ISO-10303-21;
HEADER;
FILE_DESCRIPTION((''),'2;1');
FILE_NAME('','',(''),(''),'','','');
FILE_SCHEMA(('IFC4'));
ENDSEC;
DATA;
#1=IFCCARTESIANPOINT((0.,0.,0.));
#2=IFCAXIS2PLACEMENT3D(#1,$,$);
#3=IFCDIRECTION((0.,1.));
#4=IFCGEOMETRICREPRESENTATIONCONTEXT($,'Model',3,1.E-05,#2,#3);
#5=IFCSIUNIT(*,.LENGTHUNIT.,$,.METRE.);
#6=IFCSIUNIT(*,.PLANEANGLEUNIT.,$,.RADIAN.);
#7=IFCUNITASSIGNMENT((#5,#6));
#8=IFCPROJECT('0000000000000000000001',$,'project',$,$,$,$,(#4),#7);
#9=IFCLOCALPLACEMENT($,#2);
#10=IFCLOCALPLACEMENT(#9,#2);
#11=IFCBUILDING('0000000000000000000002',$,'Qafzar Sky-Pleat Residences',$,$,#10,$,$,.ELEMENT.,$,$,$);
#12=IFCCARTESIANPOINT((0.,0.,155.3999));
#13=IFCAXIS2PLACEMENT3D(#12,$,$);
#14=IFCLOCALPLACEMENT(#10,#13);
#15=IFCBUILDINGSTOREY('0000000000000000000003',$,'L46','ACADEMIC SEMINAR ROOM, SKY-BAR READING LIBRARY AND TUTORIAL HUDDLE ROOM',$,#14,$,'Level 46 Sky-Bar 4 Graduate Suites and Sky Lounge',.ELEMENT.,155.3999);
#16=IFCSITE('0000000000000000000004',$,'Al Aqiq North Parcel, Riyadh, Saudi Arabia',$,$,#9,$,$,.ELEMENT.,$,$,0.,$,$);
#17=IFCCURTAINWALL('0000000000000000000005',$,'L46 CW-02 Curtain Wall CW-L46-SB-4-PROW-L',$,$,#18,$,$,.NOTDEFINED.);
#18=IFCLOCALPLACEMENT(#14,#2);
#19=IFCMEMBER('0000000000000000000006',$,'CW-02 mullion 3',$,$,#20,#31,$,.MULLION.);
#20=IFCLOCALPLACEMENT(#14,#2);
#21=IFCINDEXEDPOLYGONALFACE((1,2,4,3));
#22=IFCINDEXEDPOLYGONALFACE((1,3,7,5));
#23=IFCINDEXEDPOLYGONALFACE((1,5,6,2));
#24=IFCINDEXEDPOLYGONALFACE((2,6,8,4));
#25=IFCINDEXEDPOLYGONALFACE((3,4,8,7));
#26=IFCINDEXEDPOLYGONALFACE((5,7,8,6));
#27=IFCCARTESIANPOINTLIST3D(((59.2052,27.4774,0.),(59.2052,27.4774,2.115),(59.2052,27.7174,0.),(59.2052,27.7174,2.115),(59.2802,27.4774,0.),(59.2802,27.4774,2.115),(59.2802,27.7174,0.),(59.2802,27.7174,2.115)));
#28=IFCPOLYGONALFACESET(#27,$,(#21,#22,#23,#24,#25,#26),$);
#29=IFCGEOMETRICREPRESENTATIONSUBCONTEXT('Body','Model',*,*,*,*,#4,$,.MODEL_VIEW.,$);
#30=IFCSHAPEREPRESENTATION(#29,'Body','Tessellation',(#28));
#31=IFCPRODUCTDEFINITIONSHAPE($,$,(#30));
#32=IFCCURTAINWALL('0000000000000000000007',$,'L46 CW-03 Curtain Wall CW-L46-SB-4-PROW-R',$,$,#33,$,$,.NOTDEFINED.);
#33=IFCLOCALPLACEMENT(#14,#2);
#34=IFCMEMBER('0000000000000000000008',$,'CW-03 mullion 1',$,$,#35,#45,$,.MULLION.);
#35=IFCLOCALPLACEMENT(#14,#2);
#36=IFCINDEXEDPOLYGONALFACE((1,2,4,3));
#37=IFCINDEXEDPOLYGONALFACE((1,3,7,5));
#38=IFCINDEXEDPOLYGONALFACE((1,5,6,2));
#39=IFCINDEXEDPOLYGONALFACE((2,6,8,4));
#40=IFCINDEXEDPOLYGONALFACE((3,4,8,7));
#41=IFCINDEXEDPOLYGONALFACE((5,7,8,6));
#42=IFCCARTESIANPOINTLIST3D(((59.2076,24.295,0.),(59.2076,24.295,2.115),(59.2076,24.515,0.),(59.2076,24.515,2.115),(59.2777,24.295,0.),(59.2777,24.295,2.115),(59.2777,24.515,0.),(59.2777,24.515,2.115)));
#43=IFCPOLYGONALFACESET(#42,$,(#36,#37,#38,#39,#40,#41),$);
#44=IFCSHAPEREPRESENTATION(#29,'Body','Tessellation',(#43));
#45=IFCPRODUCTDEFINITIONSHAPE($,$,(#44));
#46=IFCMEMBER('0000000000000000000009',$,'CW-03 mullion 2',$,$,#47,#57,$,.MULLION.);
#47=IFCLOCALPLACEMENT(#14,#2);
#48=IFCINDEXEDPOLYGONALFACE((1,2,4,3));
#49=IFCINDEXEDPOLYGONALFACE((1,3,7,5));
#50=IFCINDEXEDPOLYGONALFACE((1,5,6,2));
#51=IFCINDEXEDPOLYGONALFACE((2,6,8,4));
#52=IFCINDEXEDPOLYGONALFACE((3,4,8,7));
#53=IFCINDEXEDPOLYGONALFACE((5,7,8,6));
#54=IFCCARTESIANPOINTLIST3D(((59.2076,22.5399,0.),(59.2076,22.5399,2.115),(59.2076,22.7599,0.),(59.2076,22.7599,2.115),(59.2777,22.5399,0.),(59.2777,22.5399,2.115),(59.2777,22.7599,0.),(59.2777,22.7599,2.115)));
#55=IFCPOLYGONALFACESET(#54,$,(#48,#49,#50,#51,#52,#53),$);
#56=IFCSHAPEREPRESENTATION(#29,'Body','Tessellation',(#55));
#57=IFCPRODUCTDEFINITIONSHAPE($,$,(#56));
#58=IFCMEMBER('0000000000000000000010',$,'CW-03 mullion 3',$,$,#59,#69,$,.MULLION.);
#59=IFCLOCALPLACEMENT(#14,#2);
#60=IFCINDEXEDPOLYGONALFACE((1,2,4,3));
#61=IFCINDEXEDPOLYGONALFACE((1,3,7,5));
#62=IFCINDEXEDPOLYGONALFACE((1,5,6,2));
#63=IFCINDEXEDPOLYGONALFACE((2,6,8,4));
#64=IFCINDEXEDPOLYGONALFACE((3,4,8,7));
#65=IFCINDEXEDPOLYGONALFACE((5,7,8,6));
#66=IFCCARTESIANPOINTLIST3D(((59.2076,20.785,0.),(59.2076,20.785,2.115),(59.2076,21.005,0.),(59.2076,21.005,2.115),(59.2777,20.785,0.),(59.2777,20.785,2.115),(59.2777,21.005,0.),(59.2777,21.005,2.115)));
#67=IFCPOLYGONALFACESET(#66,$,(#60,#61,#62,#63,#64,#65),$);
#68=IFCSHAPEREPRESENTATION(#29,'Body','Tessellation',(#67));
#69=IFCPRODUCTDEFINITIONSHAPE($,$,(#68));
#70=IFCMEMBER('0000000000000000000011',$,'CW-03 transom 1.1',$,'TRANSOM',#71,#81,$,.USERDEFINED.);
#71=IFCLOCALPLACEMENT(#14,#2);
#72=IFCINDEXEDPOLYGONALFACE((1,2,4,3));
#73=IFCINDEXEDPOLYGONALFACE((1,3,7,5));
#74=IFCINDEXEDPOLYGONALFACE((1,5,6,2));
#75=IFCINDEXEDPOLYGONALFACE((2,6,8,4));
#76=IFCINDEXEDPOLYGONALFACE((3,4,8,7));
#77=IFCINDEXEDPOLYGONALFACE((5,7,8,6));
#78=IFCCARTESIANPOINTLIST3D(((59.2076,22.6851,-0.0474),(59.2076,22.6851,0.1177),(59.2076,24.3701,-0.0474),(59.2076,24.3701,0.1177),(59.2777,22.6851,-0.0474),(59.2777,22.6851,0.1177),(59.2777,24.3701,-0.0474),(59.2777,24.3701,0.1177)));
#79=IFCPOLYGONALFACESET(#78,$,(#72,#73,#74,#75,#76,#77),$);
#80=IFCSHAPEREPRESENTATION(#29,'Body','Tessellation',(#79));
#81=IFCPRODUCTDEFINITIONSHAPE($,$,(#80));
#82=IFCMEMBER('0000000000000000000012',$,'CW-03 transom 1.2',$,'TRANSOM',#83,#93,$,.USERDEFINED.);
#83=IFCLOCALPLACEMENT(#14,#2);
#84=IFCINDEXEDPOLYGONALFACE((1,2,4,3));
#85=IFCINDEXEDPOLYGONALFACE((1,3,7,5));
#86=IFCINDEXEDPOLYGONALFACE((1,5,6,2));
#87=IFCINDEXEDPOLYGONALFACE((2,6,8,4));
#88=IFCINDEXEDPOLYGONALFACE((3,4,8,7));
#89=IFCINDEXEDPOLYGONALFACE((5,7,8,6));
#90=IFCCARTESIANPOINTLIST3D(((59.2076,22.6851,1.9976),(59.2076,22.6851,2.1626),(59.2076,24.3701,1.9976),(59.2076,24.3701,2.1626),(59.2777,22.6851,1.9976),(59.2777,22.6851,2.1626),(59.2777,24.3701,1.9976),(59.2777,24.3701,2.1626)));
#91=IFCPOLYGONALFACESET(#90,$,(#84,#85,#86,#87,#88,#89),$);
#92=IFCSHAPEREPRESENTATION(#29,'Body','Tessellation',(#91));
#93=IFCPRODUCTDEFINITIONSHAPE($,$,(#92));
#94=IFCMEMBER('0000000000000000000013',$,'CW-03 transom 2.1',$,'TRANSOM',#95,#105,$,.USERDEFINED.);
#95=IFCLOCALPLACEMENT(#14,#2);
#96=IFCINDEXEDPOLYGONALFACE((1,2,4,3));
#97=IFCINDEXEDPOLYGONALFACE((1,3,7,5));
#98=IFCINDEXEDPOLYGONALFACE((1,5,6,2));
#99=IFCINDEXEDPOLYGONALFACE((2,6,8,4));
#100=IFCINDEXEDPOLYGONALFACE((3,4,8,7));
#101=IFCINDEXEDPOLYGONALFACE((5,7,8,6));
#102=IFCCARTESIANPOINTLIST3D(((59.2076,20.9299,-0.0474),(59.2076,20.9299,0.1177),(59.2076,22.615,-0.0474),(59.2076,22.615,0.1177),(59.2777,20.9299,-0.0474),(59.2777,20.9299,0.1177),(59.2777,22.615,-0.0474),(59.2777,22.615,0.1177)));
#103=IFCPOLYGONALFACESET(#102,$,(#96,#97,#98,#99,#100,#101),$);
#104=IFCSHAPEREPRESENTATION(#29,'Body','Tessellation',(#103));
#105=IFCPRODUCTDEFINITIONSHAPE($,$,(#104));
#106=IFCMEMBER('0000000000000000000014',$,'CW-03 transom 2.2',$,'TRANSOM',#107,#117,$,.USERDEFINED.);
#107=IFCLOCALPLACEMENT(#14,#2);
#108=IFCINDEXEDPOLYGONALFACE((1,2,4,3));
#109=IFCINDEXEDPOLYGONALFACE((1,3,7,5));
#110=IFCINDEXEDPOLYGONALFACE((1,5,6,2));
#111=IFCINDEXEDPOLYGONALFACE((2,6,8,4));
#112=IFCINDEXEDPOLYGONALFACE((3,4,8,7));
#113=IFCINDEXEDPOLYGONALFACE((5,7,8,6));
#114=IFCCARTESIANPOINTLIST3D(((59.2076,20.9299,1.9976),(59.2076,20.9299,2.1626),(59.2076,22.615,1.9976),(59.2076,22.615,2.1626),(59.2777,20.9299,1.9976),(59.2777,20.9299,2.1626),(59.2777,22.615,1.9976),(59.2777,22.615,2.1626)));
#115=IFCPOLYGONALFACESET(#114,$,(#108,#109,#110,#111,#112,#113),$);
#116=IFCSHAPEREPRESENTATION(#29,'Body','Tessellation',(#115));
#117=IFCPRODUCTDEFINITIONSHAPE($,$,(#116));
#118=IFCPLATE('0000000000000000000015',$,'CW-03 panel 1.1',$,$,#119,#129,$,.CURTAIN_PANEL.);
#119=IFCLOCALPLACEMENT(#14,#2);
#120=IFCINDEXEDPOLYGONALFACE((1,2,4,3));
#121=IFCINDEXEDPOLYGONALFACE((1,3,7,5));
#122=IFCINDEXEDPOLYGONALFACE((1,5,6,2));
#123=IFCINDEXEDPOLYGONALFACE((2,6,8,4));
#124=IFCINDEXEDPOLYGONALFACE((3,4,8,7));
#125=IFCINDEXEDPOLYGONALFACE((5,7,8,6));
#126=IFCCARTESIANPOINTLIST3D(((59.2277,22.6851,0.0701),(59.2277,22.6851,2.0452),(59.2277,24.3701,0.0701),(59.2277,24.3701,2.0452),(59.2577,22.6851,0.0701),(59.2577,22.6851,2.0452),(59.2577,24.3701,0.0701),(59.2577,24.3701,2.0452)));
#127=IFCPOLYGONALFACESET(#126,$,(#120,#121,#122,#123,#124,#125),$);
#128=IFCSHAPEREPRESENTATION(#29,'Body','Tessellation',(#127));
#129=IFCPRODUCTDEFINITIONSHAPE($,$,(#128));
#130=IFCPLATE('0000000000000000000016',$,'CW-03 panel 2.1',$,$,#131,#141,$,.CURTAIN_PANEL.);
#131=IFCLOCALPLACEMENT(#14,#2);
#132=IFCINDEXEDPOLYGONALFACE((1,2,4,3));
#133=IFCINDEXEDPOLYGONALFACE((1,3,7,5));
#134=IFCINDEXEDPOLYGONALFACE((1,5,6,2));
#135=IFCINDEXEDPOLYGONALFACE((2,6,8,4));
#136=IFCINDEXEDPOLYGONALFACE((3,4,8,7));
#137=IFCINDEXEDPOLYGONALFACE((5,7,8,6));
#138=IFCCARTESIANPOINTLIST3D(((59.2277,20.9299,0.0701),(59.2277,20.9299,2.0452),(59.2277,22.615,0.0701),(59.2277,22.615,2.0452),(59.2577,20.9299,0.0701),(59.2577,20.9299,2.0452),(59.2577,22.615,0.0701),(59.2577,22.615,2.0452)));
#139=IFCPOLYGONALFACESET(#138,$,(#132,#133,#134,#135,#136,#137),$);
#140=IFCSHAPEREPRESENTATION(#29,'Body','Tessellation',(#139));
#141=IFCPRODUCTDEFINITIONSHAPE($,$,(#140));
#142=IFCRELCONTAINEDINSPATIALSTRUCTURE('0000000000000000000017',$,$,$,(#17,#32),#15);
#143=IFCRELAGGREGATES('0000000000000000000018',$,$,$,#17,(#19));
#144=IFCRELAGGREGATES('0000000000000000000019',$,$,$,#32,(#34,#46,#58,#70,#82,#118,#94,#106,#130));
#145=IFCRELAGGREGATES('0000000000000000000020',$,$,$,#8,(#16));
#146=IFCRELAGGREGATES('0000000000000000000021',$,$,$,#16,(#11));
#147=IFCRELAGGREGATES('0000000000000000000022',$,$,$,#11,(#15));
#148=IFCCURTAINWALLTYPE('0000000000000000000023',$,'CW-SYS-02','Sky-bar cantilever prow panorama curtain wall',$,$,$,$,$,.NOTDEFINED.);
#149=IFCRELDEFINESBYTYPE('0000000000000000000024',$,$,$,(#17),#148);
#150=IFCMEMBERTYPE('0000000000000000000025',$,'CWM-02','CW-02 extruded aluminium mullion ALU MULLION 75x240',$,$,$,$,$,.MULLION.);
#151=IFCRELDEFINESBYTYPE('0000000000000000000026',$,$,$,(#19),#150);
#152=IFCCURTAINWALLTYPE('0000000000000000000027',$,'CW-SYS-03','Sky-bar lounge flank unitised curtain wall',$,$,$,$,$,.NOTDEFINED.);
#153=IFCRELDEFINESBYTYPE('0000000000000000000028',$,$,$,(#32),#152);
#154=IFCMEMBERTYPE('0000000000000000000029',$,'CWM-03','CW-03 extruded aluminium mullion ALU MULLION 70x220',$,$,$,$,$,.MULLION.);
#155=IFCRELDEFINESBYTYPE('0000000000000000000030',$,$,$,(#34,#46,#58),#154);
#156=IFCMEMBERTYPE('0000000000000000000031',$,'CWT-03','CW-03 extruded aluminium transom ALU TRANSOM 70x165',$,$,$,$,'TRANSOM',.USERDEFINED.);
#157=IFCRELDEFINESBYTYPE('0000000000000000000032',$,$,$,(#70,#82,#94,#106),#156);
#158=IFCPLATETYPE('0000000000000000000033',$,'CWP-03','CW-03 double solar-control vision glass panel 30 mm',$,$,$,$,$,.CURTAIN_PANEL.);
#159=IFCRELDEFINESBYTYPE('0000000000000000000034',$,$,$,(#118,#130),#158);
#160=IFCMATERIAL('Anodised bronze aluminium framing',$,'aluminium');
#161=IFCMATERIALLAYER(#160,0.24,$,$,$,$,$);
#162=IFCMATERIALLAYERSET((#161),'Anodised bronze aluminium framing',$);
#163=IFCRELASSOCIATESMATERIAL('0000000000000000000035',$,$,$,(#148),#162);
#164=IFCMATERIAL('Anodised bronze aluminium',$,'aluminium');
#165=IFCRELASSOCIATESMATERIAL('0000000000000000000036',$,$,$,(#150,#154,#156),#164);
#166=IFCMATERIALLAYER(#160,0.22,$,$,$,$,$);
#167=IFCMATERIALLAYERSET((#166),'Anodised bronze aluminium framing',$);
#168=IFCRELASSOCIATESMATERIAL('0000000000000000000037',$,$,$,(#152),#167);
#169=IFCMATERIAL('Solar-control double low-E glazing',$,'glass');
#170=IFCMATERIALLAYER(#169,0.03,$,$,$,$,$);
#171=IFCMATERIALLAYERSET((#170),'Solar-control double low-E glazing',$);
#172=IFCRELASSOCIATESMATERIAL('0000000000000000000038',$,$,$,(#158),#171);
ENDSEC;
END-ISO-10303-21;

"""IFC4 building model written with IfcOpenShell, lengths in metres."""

from ifc_helpers import new_model, si_unit, direction, frame, origin, origin_2d, place, context, subcontext, project, spatial, rectangle, extrude, source, transform, mapped, material, layer, layer_set, material_profile, profile_set, type_object, element, aggregate, save


model = new_model("IFC4")

# Units and contexts
model_context = context("Model", 3, precision=1e-05, world=origin(), true_north=direction((0.0, 1.0)))
body_context = subcontext(model_context, "Body", "Model", "MODEL_VIEW")
ifc_project = project(units=[si_unit("LENGTHUNIT", "METRE"), si_unit("PLANEANGLEUNIT", "RADIAN")], contexts=[model_context])

# Site, building, storey
site_placement = place(None, origin())
site = spatial("IfcSite", under=ifc_project, at=site_placement, Name="Al Aqiq North Parcel, Riyadh, Saudi Arabia", CompositionType="ELEMENT", RefElevation=0.0)
building_placement = place(site_placement, origin())
building = spatial("IfcBuilding", under=site, at=building_placement, Name="Qafzar Sky-Pleat Residences", CompositionType="ELEMENT")
storey_placement = place(building_placement, frame((0.0, 0.0, 155.3999)))
storey = spatial("IfcBuildingStorey", under=building, at=storey_placement, Name="L46", Description="ACADEMIC SEMINAR ROOM, SKY-BAR READING LIBRARY AND TUTORIAL HUDDLE ROOM", LongName="Level 46 Sky-Bar 4 Graduate Suites and Sky Lounge", CompositionType="ELEMENT", Elevation=155.3999)

# Curtain wall, member
ifc_material_1 = material(Name="Anodised bronze aluminium framing", Category="aluminium")
ifc_layer_1 = layer(ifc_material_1, 0.24)
ifc_layer_set_1 = layer_set([ifc_layer_1], Name="Anodised bronze aluminium framing")
curtain_wall_type_1 = type_object("IfcCurtainWallType", Name="CW-SYS-02", Description="Sky-bar cantilever prow panorama curtain wall", PredefinedType="NOTDEFINED", material=ifc_layer_set_1)
curtain_wall_1_placement = place(storey_placement, origin())
curtain_wall_1 = element("IfcCurtainWall", 1, at=curtain_wall_1_placement, inside=storey, type_object=curtain_wall_type_1, Name="L46 CW-02 Curtain Wall CW-L46-SB-4-PROW-L", PredefinedType="NOTDEFINED")
ifc_material_2 = material(Name="Anodised bronze aluminium", Category="aluminium")
ifc_material_profile_1 = material_profile(ifc_material_2, rectangle(XDim=0.075, YDim=0.24, at=origin_2d()), Name="ALU MULLION 75x240")
ifc_profile_set_1 = profile_set([ifc_material_profile_1], Name="Anodised bronze aluminium")
member_type_1 = type_object("IfcMemberType", Name="CWM-02", Description="CW-02 extruded aluminium mullion ALU MULLION 75x240", PredefinedType="MULLION", material=ifc_profile_set_1)
shared_shape_1 = source(origin(), body_context, "Body", "SweptSolid", [
    extrude(rectangle(XDim=0.075, YDim=0.24, at=origin_2d()), origin(), (0.0, 0.0, 1.0), 2.115),
])
member_1_placement = place(storey_placement, frame((59.2427, 27.5974, 0.0), z_axis=(0.0, 0.0, 1.0), x_axis=(1.0, 0.0, 0.0)))
member_1 = element("IfcMember", 2, at=member_1_placement, type_object=member_type_1, Name="CW-02 mullion 3", PredefinedType="MULLION", context=body_context, shape_type="MappedRepresentation", body=[
    mapped(shared_shape_1, transform((0.0, 0.0, 0.0), x_axis=(1.0, 0.0, 0.0), y_axis=(0.0, 1.0, 0.0), z_axis=(0.0, 0.0, 1.0), scale=1.0)),
])
aggregate(curtain_wall_1, [member_1])

# Curtain wall, members, plates
ifc_layer_2 = layer(ifc_material_1, 0.22)
ifc_layer_set_2 = layer_set([ifc_layer_2], Name="Anodised bronze aluminium framing")
curtain_wall_type_2 = type_object("IfcCurtainWallType", Name="CW-SYS-03", Description="Sky-bar lounge flank unitised curtain wall", PredefinedType="NOTDEFINED", material=ifc_layer_set_2)
curtain_wall_2_placement = place(storey_placement, origin())
curtain_wall_2 = element("IfcCurtainWall", 3, at=curtain_wall_2_placement, inside=storey, type_object=curtain_wall_type_2, Name="L46 CW-03 Curtain Wall CW-L46-SB-4-PROW-R", PredefinedType="NOTDEFINED")
ifc_material_profile_2 = material_profile(ifc_material_2, rectangle(XDim=0.0701, YDim=0.22, at=origin_2d()), Name="ALU MULLION 70x220")
ifc_profile_set_2 = profile_set([ifc_material_profile_2], Name="Anodised bronze aluminium")
member_type_2 = type_object("IfcMemberType", Name="CWM-03", Description="CW-03 extruded aluminium mullion ALU MULLION 70x220", PredefinedType="MULLION", material=ifc_profile_set_2)
shared_shape_2 = source(origin(), body_context, "Body", "SweptSolid", [
    extrude(rectangle(XDim=0.0701, YDim=0.22, at=origin_2d()), origin(), (0.0, 0.0, 1.0), 2.115),
])
member_2_placement = place(storey_placement, frame((59.2427, 24.405, 0.0), z_axis=(0.0, 0.0, 1.0), x_axis=(1.0, 0.0, 0.0)))
member_2 = element("IfcMember", 4, at=member_2_placement, type_object=member_type_2, Name="CW-03 mullion 1", PredefinedType="MULLION", context=body_context, shape_type="MappedRepresentation", body=[
    mapped(shared_shape_2, transform((0.0, 0.0, 0.0), x_axis=(1.0, 0.0, 0.0), y_axis=(0.0, 1.0, 0.0), z_axis=(0.0, 0.0, 1.0), scale=1.0)),
])
member_3_placement = place(storey_placement, frame((59.2427, 22.6499, 0.0), z_axis=(0.0, 0.0, 1.0), x_axis=(1.0, 0.0, 0.0)))
member_3 = element("IfcMember", 5, at=member_3_placement, type_object=member_type_2, Name="CW-03 mullion 2", PredefinedType="MULLION", context=body_context, shape_type="MappedRepresentation", body=[
    mapped(shared_shape_2, transform((0.0, 0.0, 0.0), x_axis=(1.0, 0.0, 0.0), y_axis=(0.0, 1.0, 0.0), z_axis=(0.0, 0.0, 1.0), scale=1.0)),
])
member_4_placement = place(storey_placement, frame((59.2427, 20.895, 0.0), z_axis=(0.0, 0.0, 1.0), x_axis=(1.0, 0.0, 0.0)))
member_4 = element("IfcMember", 6, at=member_4_placement, type_object=member_type_2, Name="CW-03 mullion 3", PredefinedType="MULLION", context=body_context, shape_type="MappedRepresentation", body=[
    mapped(shared_shape_2, transform((0.0, 0.0, 0.0), x_axis=(1.0, 0.0, 0.0), y_axis=(0.0, 1.0, 0.0), z_axis=(0.0, 0.0, 1.0), scale=1.0)),
])
ifc_material_profile_3 = material_profile(ifc_material_2, rectangle(XDim=0.0701, YDim=0.165, at=origin_2d()), Name="ALU TRANSOM 70x165")
ifc_profile_set_3 = profile_set([ifc_material_profile_3], Name="Anodised bronze aluminium")
member_type_3 = type_object("IfcMemberType", Name="CWT-03", Description="CW-03 extruded aluminium transom ALU TRANSOM 70x165", ElementType="TRANSOM", PredefinedType="USERDEFINED", material=ifc_profile_set_3)
shared_shape_3 = source(origin(), body_context, "Body", "SweptSolid", [
    extrude(rectangle(XDim=0.0701, YDim=0.165, at=origin_2d()), origin(), (0.0, 0.0, 1.0), 1.6851),
])
member_5_placement = place(storey_placement, frame((59.2427, 24.3701, 0.0352), z_axis=(0.0, -1.0, 0.0), x_axis=(1.0, 0.0, 0.0)))
member_5 = element("IfcMember", 7, at=member_5_placement, type_object=member_type_3, Name="CW-03 transom 1.1", ObjectType="TRANSOM", PredefinedType="USERDEFINED", context=body_context, shape_type="MappedRepresentation", body=[
    mapped(shared_shape_3, transform((0.0, 0.0, 0.0), x_axis=(1.0, 0.0, 0.0), y_axis=(0.0, 1.0, 0.0), z_axis=(0.0, 0.0, 1.0), scale=1.0)),
])
member_6_placement = place(storey_placement, frame((59.2427, 24.3701, 2.0801), z_axis=(0.0, -1.0, 0.0), x_axis=(1.0, 0.0, 0.0)))
member_6 = element("IfcMember", 8, at=member_6_placement, type_object=member_type_3, Name="CW-03 transom 1.2", ObjectType="TRANSOM", PredefinedType="USERDEFINED", context=body_context, shape_type="MappedRepresentation", body=[
    mapped(shared_shape_3, transform((0.0, 0.0, 0.0), x_axis=(1.0, 0.0, 0.0), y_axis=(0.0, 1.0, 0.0), z_axis=(0.0, 0.0, 1.0), scale=1.0)),
])
member_7_placement = place(storey_placement, frame((59.2427, 22.615, 0.0352), z_axis=(0.0, -1.0, 0.0), x_axis=(1.0, 0.0, 0.0)))
member_7 = element("IfcMember", 9, at=member_7_placement, type_object=member_type_3, Name="CW-03 transom 2.1", ObjectType="TRANSOM", PredefinedType="USERDEFINED", context=body_context, shape_type="MappedRepresentation", body=[
    mapped(shared_shape_3, transform((0.0, 0.0, 0.0), x_axis=(1.0, 0.0, 0.0), y_axis=(0.0, 1.0, 0.0), z_axis=(0.0, 0.0, 1.0), scale=1.0)),
])
member_8_placement = place(storey_placement, frame((59.2427, 22.615, 2.0801), z_axis=(0.0, -1.0, 0.0), x_axis=(1.0, 0.0, 0.0)))
member_8 = element("IfcMember", 10, at=member_8_placement, type_object=member_type_3, Name="CW-03 transom 2.2", ObjectType="TRANSOM", PredefinedType="USERDEFINED", context=body_context, shape_type="MappedRepresentation", body=[
    mapped(shared_shape_3, transform((0.0, 0.0, 0.0), x_axis=(1.0, 0.0, 0.0), y_axis=(0.0, 1.0, 0.0), z_axis=(0.0, 0.0, 1.0), scale=1.0)),
])
ifc_material_3 = material(Name="Solar-control double low-E glazing", Category="glass")
ifc_layer_3 = layer(ifc_material_3, 0.03)
ifc_layer_set_3 = layer_set([ifc_layer_3], Name="Solar-control double low-E glazing")
plate_type = type_object("IfcPlateType", Name="CWP-03", Description="CW-03 double solar-control vision glass panel 30 mm", PredefinedType="CURTAIN_PANEL", material=ifc_layer_set_3)
shared_shape_4 = source(origin(), body_context, "Body", "SweptSolid", [
    extrude(rectangle(XDim=1.6851, YDim=0.03, at=origin_2d()), origin(), (0.0, 0.0, 1.0), 1.9751),
])
plate_1_placement = place(storey_placement, frame((59.2427, 23.5276, 0.0701), z_axis=(0.0, 0.0, 1.0), x_axis=(0.0, -1.0, 0.0)))
plate_1 = element("IfcPlate", 11, at=plate_1_placement, type_object=plate_type, Name="CW-03 panel 1.1", PredefinedType="CURTAIN_PANEL", context=body_context, shape_type="MappedRepresentation", body=[
    mapped(shared_shape_4, transform((0.0, 0.0, 0.0), x_axis=(1.0, 0.0, 0.0), y_axis=(0.0, 1.0, 0.0), z_axis=(0.0, 0.0, 1.0), scale=1.0)),
])
plate_2_placement = place(storey_placement, frame((59.2427, 21.7725, 0.0701), z_axis=(0.0, 0.0, 1.0), x_axis=(0.0, -1.0, 0.0)))
plate_2 = element("IfcPlate", 12, at=plate_2_placement, type_object=plate_type, Name="CW-03 panel 2.1", PredefinedType="CURTAIN_PANEL", context=body_context, shape_type="MappedRepresentation", body=[
    mapped(shared_shape_4, transform((0.0, 0.0, 0.0), x_axis=(1.0, 0.0, 0.0), y_axis=(0.0, 1.0, 0.0), z_axis=(0.0, 0.0, 1.0), scale=1.0)),
])
aggregate(curtain_wall_2, [member_2, member_3, member_4, member_5, member_6, plate_1, member_7, member_8, plate_2])

save(model, "model.ifc")
